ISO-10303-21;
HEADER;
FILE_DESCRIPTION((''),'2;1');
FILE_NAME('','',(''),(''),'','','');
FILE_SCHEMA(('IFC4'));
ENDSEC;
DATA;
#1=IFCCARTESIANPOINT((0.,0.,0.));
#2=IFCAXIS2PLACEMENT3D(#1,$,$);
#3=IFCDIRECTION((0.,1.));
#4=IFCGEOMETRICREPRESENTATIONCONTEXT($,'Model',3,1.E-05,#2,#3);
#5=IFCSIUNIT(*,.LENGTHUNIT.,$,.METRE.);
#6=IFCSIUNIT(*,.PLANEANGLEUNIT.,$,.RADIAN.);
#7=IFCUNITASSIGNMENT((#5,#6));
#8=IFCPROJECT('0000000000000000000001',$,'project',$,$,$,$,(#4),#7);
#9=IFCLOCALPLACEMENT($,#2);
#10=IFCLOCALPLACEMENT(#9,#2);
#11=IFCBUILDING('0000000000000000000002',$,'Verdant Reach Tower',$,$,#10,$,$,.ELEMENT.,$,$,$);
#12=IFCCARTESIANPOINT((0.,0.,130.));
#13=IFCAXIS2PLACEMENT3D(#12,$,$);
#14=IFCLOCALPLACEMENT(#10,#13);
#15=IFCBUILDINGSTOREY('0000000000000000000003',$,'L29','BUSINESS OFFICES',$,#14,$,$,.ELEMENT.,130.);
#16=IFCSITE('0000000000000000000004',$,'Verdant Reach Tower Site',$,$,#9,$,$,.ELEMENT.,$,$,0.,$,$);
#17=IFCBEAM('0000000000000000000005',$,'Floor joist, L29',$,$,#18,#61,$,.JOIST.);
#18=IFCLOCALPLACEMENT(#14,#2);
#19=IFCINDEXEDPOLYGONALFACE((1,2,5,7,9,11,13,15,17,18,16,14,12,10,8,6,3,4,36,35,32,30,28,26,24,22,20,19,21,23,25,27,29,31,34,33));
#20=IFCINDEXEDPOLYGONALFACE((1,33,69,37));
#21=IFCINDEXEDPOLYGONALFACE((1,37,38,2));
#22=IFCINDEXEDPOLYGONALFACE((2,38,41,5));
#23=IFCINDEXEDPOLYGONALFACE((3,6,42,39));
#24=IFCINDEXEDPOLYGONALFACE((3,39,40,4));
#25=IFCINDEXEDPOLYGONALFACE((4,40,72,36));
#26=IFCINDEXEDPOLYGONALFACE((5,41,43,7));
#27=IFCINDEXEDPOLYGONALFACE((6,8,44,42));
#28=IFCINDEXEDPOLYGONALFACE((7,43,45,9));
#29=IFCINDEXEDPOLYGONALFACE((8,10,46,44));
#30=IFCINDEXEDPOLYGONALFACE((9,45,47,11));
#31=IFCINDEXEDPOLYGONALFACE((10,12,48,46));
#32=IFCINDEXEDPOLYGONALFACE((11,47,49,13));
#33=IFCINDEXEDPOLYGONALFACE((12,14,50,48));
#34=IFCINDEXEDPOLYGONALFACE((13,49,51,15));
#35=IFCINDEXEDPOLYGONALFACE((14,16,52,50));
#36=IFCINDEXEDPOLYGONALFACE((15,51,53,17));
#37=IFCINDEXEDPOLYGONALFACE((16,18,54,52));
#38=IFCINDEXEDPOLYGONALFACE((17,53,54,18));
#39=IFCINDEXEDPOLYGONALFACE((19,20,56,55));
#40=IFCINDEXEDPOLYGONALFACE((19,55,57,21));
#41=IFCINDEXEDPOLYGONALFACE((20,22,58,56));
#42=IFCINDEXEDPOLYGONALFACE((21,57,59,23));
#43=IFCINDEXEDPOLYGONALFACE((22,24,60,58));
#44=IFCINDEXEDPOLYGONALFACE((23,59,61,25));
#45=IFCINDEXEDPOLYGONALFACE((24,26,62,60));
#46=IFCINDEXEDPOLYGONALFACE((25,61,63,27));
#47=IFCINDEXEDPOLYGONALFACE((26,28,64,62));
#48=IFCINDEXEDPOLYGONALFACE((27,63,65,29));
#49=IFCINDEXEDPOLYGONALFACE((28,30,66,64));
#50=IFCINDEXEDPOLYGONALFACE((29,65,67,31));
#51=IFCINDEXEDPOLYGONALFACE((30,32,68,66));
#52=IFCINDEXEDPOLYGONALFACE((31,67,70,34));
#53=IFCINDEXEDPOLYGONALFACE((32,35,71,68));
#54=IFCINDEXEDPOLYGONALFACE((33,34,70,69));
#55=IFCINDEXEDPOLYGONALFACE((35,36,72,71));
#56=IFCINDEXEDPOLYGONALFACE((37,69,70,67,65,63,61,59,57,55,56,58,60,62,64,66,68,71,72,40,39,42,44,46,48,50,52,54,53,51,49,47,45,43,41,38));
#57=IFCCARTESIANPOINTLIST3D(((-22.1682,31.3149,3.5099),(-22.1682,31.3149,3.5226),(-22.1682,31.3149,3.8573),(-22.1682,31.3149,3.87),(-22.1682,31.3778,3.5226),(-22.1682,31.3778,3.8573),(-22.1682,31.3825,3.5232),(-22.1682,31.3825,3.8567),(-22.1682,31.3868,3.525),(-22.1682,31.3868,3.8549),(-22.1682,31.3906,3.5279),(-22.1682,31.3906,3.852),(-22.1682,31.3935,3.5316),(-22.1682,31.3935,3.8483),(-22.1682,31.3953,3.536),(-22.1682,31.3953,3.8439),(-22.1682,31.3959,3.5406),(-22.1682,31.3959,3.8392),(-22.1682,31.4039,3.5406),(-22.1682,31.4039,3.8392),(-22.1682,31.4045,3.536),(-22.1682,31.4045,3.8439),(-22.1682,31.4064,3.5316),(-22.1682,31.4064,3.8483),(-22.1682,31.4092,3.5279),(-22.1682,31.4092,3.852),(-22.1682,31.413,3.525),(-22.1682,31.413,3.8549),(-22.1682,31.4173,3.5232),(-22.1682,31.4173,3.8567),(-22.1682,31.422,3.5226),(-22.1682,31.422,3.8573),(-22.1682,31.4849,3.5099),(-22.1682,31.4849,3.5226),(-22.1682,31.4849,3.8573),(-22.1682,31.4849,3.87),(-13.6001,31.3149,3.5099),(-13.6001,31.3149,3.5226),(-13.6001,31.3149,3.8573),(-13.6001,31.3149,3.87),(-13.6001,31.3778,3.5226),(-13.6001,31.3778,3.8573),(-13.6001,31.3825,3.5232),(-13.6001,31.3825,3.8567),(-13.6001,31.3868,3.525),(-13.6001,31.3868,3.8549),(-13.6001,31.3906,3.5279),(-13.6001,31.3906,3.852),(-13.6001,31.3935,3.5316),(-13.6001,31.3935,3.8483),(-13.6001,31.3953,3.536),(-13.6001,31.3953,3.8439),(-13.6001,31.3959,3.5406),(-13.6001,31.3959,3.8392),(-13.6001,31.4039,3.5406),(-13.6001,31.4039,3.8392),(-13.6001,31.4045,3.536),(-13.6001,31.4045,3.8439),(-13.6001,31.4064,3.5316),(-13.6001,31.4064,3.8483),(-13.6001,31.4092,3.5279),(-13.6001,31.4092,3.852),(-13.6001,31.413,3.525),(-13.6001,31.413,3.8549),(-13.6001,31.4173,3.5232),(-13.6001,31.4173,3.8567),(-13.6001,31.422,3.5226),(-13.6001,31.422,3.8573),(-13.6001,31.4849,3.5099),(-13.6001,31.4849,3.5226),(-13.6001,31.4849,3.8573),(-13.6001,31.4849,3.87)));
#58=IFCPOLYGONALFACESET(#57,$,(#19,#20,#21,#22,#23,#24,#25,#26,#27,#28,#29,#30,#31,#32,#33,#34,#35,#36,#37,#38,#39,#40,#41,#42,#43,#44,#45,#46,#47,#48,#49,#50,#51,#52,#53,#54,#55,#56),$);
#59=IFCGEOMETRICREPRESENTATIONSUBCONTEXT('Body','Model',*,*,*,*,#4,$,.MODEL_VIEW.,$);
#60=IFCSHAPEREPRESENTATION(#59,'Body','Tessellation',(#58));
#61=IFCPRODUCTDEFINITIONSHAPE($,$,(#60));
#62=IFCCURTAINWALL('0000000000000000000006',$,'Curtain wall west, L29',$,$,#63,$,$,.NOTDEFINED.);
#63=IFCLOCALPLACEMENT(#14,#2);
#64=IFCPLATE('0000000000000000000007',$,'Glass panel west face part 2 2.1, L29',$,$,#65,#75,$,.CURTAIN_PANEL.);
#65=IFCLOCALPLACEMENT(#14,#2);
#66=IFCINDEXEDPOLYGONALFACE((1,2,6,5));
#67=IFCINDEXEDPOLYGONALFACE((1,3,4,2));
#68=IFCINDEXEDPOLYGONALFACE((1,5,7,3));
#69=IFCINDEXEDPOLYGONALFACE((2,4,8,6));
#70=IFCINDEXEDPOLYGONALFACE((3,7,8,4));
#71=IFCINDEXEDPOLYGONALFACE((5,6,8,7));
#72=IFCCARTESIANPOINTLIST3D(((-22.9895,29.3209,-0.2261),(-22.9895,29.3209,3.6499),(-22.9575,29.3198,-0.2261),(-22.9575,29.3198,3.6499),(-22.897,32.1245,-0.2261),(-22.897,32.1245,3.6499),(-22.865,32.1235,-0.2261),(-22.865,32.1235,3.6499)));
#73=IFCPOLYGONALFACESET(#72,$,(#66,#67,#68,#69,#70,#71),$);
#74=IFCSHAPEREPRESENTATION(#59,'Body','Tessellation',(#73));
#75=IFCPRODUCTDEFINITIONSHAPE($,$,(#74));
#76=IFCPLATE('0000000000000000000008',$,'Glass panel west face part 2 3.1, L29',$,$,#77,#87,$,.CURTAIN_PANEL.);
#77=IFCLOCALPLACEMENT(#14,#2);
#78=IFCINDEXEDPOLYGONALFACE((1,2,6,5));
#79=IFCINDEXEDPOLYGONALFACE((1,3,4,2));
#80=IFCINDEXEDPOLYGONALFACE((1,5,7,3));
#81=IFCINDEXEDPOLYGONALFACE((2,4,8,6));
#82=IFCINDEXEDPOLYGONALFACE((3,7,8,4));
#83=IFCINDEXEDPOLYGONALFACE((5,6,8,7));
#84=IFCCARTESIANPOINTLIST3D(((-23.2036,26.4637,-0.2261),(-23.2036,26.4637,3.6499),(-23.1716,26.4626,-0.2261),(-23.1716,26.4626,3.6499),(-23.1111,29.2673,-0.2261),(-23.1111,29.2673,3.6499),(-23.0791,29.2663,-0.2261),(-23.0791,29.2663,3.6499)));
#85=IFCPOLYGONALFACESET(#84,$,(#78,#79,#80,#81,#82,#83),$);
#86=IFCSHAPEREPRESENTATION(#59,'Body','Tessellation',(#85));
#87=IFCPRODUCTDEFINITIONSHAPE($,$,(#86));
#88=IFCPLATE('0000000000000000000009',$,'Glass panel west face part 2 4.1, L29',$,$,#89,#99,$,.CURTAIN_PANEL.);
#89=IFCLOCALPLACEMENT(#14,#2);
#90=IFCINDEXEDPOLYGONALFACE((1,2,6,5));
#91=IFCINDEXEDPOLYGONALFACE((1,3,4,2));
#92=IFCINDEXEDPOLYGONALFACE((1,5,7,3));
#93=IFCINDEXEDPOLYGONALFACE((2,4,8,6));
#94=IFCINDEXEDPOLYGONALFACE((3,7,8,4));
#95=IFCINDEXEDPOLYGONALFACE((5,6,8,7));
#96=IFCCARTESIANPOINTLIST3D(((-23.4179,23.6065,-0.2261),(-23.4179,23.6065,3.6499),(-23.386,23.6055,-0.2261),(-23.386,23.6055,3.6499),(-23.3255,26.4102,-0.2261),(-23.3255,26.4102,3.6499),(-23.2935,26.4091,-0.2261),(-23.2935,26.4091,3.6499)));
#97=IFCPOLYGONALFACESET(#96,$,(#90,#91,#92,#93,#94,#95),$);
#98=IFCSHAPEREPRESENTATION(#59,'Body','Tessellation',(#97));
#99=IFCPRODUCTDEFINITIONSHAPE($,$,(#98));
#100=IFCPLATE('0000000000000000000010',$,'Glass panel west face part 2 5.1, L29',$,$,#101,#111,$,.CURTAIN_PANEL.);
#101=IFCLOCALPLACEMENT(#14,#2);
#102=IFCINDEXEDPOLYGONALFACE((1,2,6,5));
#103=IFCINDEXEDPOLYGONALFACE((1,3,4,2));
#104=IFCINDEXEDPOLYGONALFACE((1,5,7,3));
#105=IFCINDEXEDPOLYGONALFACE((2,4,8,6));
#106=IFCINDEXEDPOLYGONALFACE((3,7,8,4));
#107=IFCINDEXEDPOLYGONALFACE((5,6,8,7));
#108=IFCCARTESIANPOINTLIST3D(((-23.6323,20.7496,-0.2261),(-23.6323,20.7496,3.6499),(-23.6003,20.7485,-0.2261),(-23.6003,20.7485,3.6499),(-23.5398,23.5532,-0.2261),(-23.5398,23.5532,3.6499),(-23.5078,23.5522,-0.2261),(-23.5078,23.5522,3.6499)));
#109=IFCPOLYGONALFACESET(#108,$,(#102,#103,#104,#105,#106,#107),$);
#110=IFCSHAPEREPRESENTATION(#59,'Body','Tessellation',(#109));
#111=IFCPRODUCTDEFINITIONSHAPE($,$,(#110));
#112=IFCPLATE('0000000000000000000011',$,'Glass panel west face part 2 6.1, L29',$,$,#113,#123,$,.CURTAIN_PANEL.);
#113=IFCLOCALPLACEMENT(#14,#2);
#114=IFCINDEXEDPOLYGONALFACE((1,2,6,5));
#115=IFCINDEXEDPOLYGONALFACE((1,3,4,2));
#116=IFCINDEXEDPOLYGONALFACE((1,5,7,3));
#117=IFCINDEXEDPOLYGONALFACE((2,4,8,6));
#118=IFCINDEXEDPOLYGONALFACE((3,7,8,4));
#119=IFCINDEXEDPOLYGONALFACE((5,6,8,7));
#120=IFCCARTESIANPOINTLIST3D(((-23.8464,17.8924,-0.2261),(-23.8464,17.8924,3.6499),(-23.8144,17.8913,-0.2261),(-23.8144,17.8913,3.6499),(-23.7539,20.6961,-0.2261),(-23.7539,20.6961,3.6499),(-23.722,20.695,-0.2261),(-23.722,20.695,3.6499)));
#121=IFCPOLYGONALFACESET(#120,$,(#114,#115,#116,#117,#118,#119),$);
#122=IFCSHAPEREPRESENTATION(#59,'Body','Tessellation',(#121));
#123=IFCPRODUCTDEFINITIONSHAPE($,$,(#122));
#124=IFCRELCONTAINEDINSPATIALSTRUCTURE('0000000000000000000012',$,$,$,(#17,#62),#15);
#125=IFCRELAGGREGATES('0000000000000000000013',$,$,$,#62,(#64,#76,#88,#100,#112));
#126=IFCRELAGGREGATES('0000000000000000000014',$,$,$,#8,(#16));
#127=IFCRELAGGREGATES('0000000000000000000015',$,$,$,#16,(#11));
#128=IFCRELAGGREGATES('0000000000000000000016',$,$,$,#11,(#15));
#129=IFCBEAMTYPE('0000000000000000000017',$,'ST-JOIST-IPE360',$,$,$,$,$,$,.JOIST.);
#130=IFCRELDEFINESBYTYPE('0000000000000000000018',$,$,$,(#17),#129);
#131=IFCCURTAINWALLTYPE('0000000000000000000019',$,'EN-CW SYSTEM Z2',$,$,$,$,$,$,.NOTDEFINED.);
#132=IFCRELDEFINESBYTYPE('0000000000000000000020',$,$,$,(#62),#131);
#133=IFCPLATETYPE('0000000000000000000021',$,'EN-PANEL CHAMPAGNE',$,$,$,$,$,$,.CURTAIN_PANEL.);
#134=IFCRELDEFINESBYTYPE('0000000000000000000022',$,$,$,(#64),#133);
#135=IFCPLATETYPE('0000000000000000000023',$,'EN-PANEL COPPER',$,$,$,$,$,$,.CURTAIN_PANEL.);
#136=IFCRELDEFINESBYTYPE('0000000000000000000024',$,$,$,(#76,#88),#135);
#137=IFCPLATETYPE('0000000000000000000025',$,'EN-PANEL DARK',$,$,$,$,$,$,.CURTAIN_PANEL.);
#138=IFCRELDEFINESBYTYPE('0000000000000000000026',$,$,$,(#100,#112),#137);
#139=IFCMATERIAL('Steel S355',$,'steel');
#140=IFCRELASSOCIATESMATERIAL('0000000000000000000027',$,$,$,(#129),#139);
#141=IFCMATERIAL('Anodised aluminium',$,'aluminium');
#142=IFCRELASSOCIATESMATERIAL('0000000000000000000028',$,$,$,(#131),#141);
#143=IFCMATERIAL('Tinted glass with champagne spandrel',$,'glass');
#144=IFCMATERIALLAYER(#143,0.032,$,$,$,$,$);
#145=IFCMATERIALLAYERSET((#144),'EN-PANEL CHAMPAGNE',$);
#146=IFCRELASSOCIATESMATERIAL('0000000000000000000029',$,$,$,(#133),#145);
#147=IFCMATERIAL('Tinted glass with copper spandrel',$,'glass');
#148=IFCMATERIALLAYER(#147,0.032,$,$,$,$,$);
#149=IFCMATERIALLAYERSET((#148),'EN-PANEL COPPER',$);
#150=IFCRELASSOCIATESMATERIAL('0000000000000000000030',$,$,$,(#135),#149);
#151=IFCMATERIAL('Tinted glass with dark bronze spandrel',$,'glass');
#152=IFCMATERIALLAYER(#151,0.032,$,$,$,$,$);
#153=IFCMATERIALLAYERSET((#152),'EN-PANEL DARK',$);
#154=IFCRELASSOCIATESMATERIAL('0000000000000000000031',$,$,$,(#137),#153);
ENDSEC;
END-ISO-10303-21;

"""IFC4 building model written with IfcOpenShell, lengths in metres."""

from ifc_helpers import new_model, si_unit, direction, frame, origin, origin_2d, place, context, subcontext, project, spatial, rectangle, i_section, extrude, material, layer, layer_set, material_profile, profile_set, type_object, element, aggregate, save


model = new_model("IFC4")

# Units and contexts
model_context = context("Model", 3, precision=1e-05, world=origin(), true_north=direction((0.0, 1.0)))
body_context = subcontext(model_context, "Body", "Model", "MODEL_VIEW")
ifc_project = project(units=[si_unit("LENGTHUNIT", "METRE"), si_unit("PLANEANGLEUNIT", "RADIAN")], contexts=[model_context])

# Site, building, storey
site_placement = place(None, origin())
site = spatial("IfcSite", under=ifc_project, at=site_placement, Name="Verdant Reach Tower Site", CompositionType="ELEMENT", RefElevation=0.0)
building_placement = place(site_placement, origin())
building = spatial("IfcBuilding", under=site, at=building_placement, Name="Verdant Reach Tower", CompositionType="ELEMENT")
storey_placement = place(building_placement, frame((0.0, 0.0, 130.0)))
storey = spatial("IfcBuildingStorey", under=building, at=storey_placement, Name="L29", Description="BUSINESS OFFICES", CompositionType="ELEMENT", Elevation=130.0)

# Beam
ifc_material_1 = material(Name="Steel S355", Category="steel")
ifc_material_profile_1 = material_profile(ifc_material_1, i_section(OverallWidth=0.1699, OverallDepth=0.3601, WebThickness=0.0081, FlangeThickness=0.0127, FilletRadius=0.0181, at=origin_2d()), Name="IPE 360")
ifc_profile_set_1 = profile_set([ifc_material_profile_1], Name="Steel S355")
beam_type = type_object("IfcBeamType", Name="ST-JOIST-IPE360", PredefinedType="JOIST", material=ifc_profile_set_1)
beam_1_placement = place(storey_placement, frame((-13.6001, 31.3999, 3.6899), z_axis=(-1.0, 0.0, 0.0), x_axis=(0.0, -1.0, 0.0)))
element("IfcBeam", 1, at=beam_1_placement, inside=storey, type_object=beam_type, Name="Floor joist, L29", PredefinedType="JOIST", context=body_context, shape_type="SweptSolid", body=[
    extrude(i_section(OverallWidth=0.1699, OverallDepth=0.3601, WebThickness=0.0081, FlangeThickness=0.0127, FilletRadius=0.0181, at=origin_2d()), origin(), (0.0, 0.0, 1.0), 8.5681),
])

# Curtain wall, plates
ifc_material_2 = material(Name="Anodised aluminium", Category="aluminium")
curtain_wall_type = type_object("IfcCurtainWallType", Name="EN-CW SYSTEM Z2", PredefinedType="NOTDEFINED", material=ifc_material_2)
curtain_wall_placement = place(storey_placement, origin())
curtain_wall = element("IfcCurtainWall", 2, at=curtain_wall_placement, inside=storey, type_object=curtain_wall_type, Name="Curtain wall west, L29", PredefinedType="NOTDEFINED")
ifc_material_3 = material(Name="Tinted glass with champagne spandrel", Category="glass")
ifc_layer_1 = layer(ifc_material_3, 0.032)
ifc_layer_set_1 = layer_set([ifc_layer_1], Name="EN-PANEL CHAMPAGNE")
plate_type_1 = type_object("IfcPlateType", Name="EN-PANEL CHAMPAGNE", PredefinedType="CURTAIN_PANEL", material=ifc_layer_set_1)
plate_1_placement = place(storey_placement, frame((-22.9272, 30.7222, -0.2261), z_axis=(0.0, 0.0, 1.0), x_axis=(-0.032966, -0.999456, 0.0)))
plate_1 = element("IfcPlate", 3, at=plate_1_placement, type_object=plate_type_1, Name="Glass panel west face part 2 2.1, L29", PredefinedType="CURTAIN_PANEL", context=body_context, shape_type="SweptSolid", body=[
    extrude(rectangle(XDim=2.8052, YDim=0.032, at=origin_2d()), origin(), (0.0, 0.0, 1.0), 3.876),
])
ifc_material_4 = material(Name="Tinted glass with copper spandrel", Category="glass")
ifc_layer_2 = layer(ifc_material_4, 0.032)
ifc_layer_set_2 = layer_set([ifc_layer_2], Name="EN-PANEL COPPER")
plate_type_2 = type_object("IfcPlateType", Name="EN-PANEL COPPER", PredefinedType="CURTAIN_PANEL", material=ifc_layer_set_2)
plate_2_placement = place(storey_placement, frame((-23.1414, 27.865, -0.2261), z_axis=(0.0, 0.0, 1.0), x_axis=(-0.032966, -0.999456, 0.0)))
plate_2 = element("IfcPlate", 4, at=plate_2_placement, type_object=plate_type_2, Name="Glass panel west face part 2 3.1, L29", PredefinedType="CURTAIN_PANEL", context=body_context, shape_type="SweptSolid", body=[
    extrude(rectangle(XDim=2.8052, YDim=0.032, at=origin_2d()), origin(), (0.0, 0.0, 1.0), 3.876),
])
plate_3_placement = place(storey_placement, frame((-23.3557, 25.0078, -0.2261), z_axis=(0.0, 0.0, 1.0), x_axis=(-0.032966, -0.999456, 0.0)))
plate_3 = element("IfcPlate", 5, at=plate_3_placement, type_object=plate_type_2, Name="Glass panel west face part 2 4.1, L29", PredefinedType="CURTAIN_PANEL", context=body_context, shape_type="SweptSolid", body=[
    extrude(rectangle(XDim=2.8052, YDim=0.032, at=origin_2d()), origin(), (0.0, 0.0, 1.0), 3.876),
])
ifc_material_5 = material(Name="Tinted glass with dark bronze spandrel", Category="glass")
ifc_layer_3 = layer(ifc_material_5, 0.032)
ifc_layer_set_3 = layer_set([ifc_layer_3], Name="EN-PANEL DARK")
plate_type_3 = type_object("IfcPlateType", Name="EN-PANEL DARK", PredefinedType="CURTAIN_PANEL", material=ifc_layer_set_3)
plate_4_placement = place(storey_placement, frame((-23.5701, 22.1509, -0.2261), z_axis=(0.0, 0.0, 1.0), x_axis=(-0.032966, -0.999456, 0.0)))
plate_4 = element("IfcPlate", 6, at=plate_4_placement, type_object=plate_type_3, Name="Glass panel west face part 2 5.1, L29", PredefinedType="CURTAIN_PANEL", context=body_context, shape_type="SweptSolid", body=[
    extrude(rectangle(XDim=2.8052, YDim=0.032, at=origin_2d()), origin(), (0.0, 0.0, 1.0), 3.876),
])
plate_5_placement = place(storey_placement, frame((-23.7842, 19.2937, -0.2261), z_axis=(0.0, 0.0, 1.0), x_axis=(-0.032966, -0.999456, 0.0)))
plate_5 = element("IfcPlate", 7, at=plate_5_placement, type_object=plate_type_3, Name="Glass panel west face part 2 6.1, L29", PredefinedType="CURTAIN_PANEL", context=body_context, shape_type="SweptSolid", body=[
    extrude(rectangle(XDim=2.8052, YDim=0.032, at=origin_2d()), origin(), (0.0, 0.0, 1.0), 3.876),
])
aggregate(curtain_wall, [plate_1, plate_2, plate_3, plate_4, plate_5])

save(model, "model.ifc")
